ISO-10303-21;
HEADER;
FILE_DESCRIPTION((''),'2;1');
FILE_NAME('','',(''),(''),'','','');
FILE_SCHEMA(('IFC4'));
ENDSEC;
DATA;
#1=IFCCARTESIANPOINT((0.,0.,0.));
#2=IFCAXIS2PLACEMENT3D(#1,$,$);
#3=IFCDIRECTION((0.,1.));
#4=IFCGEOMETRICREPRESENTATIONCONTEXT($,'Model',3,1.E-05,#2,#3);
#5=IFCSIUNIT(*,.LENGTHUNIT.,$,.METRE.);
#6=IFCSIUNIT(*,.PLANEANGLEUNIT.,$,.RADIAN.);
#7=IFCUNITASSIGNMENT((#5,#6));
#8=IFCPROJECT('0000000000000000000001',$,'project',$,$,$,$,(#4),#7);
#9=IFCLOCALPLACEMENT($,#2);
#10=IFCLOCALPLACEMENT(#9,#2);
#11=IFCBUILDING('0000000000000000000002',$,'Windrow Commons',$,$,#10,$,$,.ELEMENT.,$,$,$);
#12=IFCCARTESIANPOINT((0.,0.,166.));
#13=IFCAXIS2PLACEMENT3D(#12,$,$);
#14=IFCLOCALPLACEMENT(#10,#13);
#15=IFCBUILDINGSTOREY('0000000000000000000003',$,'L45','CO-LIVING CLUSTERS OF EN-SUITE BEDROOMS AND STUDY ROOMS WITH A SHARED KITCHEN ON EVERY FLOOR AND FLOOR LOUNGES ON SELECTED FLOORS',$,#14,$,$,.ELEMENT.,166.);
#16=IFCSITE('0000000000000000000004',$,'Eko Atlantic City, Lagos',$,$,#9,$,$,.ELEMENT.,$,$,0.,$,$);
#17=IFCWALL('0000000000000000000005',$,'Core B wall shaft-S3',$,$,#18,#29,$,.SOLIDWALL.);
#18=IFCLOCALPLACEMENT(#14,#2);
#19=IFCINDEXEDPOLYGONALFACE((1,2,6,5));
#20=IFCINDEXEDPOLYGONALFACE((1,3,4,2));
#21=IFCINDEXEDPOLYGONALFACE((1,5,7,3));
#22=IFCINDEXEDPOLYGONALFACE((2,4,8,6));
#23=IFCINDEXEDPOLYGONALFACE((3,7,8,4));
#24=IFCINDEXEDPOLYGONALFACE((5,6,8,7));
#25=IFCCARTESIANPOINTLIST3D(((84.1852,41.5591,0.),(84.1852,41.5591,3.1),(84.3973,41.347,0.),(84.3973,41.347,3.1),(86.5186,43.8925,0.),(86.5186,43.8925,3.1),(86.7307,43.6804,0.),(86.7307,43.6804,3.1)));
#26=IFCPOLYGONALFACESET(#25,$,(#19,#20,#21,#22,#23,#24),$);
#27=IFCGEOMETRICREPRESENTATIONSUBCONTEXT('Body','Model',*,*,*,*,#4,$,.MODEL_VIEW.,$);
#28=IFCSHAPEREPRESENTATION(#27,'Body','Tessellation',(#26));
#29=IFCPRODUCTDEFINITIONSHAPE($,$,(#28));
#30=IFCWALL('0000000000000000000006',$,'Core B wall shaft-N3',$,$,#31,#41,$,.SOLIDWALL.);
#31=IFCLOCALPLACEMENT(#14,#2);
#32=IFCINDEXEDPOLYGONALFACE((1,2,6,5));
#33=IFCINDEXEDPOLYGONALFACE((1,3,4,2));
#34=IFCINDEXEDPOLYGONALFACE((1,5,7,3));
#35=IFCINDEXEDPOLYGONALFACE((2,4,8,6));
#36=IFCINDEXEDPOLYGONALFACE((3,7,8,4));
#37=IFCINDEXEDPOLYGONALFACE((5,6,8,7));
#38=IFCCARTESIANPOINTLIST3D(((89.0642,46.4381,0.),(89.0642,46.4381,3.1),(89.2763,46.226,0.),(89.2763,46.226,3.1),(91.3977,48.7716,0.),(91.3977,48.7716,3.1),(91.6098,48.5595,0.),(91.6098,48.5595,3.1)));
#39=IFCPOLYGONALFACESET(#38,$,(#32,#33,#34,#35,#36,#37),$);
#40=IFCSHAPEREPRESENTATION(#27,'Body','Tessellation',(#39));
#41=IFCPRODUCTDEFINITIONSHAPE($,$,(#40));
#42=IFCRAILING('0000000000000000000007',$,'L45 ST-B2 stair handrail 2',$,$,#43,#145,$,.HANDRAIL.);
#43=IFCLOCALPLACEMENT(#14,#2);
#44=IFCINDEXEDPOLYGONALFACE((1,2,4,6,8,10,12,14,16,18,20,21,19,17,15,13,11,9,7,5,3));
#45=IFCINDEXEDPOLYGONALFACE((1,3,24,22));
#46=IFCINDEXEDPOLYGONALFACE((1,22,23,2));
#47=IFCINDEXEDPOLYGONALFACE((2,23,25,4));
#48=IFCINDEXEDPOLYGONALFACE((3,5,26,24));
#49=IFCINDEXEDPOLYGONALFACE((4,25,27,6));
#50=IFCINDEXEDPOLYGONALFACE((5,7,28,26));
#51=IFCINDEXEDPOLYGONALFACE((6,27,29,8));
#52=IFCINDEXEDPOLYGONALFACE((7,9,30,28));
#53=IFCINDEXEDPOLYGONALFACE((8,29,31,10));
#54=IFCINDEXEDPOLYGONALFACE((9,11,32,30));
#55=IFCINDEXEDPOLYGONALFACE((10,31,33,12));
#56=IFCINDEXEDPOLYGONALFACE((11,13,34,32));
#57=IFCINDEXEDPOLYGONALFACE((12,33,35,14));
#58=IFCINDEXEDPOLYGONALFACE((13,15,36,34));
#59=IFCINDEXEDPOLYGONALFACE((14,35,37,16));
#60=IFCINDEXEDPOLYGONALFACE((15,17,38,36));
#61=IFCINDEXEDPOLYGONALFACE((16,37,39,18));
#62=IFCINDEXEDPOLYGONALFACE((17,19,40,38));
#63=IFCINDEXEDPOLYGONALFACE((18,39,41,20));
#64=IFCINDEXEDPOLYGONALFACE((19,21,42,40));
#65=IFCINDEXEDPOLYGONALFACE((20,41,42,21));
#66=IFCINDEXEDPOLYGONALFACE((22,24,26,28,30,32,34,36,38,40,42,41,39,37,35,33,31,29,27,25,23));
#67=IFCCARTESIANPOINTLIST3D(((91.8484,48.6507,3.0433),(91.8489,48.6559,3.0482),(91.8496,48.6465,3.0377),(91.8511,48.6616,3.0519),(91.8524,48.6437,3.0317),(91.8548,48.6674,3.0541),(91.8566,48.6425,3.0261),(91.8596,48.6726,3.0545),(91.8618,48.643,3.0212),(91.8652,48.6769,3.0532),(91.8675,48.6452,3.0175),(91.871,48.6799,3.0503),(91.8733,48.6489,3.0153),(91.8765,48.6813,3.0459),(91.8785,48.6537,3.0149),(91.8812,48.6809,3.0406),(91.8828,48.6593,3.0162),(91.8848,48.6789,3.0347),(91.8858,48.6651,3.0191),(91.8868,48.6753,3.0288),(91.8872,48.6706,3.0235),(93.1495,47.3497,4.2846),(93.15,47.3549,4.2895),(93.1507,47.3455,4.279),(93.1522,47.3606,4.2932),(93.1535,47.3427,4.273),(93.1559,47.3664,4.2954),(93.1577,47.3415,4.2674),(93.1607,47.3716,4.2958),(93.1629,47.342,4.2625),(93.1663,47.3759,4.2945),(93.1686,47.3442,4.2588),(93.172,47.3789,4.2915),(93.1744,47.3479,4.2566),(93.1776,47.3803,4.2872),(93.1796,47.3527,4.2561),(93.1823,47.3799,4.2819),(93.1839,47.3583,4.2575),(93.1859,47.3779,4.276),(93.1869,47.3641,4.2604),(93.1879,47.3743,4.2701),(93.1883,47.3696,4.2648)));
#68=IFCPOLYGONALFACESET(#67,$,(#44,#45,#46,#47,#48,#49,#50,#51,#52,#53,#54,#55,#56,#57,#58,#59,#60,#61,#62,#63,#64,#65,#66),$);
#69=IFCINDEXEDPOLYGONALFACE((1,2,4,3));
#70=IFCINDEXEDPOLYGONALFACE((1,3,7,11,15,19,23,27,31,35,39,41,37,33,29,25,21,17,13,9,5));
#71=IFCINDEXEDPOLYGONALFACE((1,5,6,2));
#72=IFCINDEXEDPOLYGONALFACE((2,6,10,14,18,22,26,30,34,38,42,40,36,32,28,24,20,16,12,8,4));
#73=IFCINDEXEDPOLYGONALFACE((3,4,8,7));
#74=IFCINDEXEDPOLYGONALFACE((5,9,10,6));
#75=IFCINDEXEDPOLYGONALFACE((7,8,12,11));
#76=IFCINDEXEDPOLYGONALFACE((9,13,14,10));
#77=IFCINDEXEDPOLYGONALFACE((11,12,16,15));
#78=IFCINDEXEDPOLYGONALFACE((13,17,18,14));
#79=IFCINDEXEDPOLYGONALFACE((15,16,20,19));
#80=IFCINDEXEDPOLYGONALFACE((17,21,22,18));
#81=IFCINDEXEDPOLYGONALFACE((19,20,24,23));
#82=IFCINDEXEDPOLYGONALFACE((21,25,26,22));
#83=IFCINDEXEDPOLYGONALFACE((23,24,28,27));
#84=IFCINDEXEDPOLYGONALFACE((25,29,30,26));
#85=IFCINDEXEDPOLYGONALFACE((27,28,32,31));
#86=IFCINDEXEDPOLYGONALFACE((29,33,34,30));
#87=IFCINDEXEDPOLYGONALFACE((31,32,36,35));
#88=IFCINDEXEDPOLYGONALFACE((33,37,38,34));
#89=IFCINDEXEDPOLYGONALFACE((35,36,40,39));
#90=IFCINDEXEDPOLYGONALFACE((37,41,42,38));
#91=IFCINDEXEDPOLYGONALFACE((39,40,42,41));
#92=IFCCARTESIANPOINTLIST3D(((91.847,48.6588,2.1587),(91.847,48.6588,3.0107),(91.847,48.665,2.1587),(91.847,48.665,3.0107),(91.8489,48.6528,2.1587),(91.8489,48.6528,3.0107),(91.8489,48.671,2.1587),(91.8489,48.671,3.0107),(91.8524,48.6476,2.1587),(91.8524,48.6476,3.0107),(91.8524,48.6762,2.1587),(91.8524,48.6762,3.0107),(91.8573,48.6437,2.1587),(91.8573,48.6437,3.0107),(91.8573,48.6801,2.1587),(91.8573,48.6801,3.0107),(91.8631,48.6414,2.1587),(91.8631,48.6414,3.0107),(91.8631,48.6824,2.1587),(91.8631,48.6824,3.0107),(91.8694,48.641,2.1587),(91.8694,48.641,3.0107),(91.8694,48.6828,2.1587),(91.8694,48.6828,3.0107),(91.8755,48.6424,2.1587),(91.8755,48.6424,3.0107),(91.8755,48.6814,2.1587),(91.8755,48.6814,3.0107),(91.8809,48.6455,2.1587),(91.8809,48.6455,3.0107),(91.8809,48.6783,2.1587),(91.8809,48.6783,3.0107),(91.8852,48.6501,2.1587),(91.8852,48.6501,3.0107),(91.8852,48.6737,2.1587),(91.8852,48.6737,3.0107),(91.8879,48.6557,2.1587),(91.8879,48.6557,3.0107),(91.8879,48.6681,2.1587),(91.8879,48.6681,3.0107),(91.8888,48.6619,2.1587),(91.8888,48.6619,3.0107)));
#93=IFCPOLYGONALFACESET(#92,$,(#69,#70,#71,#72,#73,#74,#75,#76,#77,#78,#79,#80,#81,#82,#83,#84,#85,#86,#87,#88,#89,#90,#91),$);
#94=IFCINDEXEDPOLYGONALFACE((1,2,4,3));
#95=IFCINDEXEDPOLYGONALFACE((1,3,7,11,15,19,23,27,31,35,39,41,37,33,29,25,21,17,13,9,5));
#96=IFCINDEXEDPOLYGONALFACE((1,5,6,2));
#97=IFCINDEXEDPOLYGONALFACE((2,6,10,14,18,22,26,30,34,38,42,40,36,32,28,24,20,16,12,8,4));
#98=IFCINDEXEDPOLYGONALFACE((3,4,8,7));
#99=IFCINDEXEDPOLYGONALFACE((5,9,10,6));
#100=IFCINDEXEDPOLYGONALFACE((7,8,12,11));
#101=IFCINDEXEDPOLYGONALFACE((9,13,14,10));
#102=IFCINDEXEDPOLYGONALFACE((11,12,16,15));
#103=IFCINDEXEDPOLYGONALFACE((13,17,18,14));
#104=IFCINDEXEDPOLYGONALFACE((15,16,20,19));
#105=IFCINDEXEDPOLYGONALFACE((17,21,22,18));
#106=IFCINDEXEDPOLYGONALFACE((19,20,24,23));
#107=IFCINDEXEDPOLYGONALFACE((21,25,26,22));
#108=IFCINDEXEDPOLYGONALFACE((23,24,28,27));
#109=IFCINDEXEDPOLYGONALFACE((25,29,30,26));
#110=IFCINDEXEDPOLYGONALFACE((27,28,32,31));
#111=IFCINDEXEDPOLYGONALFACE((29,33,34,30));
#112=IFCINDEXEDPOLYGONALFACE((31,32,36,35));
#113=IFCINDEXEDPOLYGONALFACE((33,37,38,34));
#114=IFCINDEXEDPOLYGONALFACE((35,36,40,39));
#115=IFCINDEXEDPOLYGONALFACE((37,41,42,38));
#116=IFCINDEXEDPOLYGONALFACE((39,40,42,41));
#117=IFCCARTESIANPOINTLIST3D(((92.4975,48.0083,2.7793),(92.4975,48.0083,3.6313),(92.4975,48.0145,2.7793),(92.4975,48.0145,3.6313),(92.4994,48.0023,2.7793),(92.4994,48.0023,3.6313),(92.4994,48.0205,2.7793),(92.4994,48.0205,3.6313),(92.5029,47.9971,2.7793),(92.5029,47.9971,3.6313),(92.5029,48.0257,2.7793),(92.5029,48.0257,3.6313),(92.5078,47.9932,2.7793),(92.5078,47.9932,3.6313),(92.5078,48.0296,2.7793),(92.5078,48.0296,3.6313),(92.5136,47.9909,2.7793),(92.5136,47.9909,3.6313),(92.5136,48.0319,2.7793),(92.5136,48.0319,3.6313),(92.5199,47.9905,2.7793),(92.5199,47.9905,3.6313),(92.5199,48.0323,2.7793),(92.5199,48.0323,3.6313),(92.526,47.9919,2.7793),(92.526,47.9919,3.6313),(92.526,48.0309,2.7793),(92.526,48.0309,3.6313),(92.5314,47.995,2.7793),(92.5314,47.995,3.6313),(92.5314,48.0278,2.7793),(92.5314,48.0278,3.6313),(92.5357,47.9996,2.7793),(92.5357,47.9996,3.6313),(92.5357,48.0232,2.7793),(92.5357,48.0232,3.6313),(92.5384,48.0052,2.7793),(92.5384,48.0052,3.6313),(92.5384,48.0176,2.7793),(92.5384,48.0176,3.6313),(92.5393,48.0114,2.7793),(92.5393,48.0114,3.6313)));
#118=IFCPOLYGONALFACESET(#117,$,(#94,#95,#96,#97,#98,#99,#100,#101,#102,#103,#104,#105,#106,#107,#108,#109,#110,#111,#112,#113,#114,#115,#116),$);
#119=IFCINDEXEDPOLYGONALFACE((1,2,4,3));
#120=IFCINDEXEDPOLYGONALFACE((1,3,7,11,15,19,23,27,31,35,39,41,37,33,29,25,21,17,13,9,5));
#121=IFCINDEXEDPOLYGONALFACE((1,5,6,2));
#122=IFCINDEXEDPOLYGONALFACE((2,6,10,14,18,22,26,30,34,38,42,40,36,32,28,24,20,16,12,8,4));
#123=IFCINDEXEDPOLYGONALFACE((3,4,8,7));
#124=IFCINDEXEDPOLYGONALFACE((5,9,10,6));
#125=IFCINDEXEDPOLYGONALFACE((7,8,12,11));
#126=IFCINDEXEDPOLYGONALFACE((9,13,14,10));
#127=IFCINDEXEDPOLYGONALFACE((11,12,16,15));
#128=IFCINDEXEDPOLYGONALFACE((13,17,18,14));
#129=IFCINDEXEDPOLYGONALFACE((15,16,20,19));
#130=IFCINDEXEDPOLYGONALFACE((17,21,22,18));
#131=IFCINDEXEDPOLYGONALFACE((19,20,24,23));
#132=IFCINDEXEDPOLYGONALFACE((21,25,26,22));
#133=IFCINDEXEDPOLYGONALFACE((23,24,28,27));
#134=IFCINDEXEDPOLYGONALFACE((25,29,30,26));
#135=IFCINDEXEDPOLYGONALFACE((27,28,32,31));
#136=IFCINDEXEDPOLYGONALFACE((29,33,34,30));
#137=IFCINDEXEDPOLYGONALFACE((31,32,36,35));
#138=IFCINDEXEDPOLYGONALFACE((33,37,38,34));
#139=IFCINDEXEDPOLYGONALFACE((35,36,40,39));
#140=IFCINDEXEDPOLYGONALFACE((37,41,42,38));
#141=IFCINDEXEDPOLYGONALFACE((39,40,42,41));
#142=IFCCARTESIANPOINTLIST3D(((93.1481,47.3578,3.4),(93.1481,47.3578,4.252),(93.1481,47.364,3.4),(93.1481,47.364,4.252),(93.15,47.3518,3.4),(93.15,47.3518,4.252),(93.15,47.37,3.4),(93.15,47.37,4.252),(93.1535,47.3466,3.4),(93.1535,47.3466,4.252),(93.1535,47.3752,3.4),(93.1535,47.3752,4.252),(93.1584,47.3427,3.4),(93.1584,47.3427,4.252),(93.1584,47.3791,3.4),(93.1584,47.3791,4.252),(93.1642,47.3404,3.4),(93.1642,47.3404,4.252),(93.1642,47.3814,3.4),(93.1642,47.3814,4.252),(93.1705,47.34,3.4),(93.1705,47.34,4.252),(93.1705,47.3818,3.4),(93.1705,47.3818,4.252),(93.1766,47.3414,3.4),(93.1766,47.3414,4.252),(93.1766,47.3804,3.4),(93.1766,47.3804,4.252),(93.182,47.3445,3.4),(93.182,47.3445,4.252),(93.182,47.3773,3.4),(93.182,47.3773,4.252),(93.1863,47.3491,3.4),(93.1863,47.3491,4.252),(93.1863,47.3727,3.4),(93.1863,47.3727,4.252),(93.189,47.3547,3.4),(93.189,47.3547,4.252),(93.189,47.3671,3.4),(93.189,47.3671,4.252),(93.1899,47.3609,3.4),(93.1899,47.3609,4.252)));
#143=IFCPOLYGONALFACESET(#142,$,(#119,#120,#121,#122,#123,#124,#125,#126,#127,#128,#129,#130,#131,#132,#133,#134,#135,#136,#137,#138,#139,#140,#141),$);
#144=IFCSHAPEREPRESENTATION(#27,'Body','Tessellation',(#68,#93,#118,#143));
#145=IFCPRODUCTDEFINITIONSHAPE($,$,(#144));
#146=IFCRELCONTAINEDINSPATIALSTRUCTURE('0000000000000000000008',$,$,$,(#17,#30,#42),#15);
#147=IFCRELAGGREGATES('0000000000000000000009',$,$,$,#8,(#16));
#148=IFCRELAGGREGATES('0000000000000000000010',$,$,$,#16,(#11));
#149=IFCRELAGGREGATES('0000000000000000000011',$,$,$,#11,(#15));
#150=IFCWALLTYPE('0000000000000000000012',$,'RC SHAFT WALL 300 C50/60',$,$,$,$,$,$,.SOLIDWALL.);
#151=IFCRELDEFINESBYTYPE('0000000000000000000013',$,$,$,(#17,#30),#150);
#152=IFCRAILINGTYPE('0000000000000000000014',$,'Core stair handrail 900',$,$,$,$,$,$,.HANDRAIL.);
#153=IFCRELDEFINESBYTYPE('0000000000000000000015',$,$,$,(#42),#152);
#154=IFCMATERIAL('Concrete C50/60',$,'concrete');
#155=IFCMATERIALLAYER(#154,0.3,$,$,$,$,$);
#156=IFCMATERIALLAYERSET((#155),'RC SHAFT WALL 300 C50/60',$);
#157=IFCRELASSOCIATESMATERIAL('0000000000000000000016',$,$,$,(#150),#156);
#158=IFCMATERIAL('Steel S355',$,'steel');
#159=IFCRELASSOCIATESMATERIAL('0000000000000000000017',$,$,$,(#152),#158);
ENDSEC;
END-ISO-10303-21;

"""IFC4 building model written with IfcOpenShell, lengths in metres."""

from ifc_helpers import new_model, si_unit, direction, frame, frame_2d, origin, origin_2d, place, context, subcontext, project, spatial, rectangle, circle, extrude, material, layer, layer_set, type_object, element, save


model = new_model("IFC4")

# Units and contexts
model_context = context("Model", 3, precision=1e-05, world=origin(), true_north=direction((0.0, 1.0)))
body_context = subcontext(model_context, "Body", "Model", "MODEL_VIEW")
ifc_project = project(units=[si_unit("LENGTHUNIT", "METRE"), si_unit("PLANEANGLEUNIT", "RADIAN")], contexts=[model_context])

# Site, building, storey
site_placement = place(None, origin())
site = spatial("IfcSite", under=ifc_project, at=site_placement, Name="Eko Atlantic City, Lagos", CompositionType="ELEMENT", RefElevation=0.0)
building_placement = place(site_placement, origin())
building = spatial("IfcBuilding", under=site, at=building_placement, Name="Windrow Commons", CompositionType="ELEMENT")
storey_placement = place(building_placement, frame((0.0, 0.0, 166.0)))
storey = spatial("IfcBuildingStorey", under=building, at=storey_placement, Name="L45", Description="CO-LIVING CLUSTERS OF EN-SUITE BEDROOMS AND STUDY ROOMS WITH A SHARED KITCHEN ON EVERY FLOOR AND FLOOR LOUNGES ON SELECTED FLOORS", CompositionType="ELEMENT", Elevation=166.0)

# Walls
ifc_material_1 = material(Name="Concrete C50/60", Category="concrete")
ifc_layer_1 = layer(ifc_material_1, 0.3)
ifc_layer_set_1 = layer_set([ifc_layer_1], Name="RC SHAFT WALL 300 C50/60")
wall_type_1 = type_object("IfcWallType", Name="RC SHAFT WALL 300 C50/60", PredefinedType="SOLIDWALL", material=ifc_layer_set_1)
for number, where, z_axis, x_axis, name in (
    (1, (84.2912, 41.453, 0.0), (0.0, 0.0, 1.0), (0.707107, 0.707107, 0.0), "Core B wall shaft-S3"),
):
    element("IfcWall", number, at=place(storey_placement, frame(where, z_axis=z_axis, x_axis=x_axis)), inside=storey, type_object=wall_type_1, Name=name, PredefinedType="SOLIDWALL", context=body_context, shape_type="SweptSolid", body=[
        extrude(rectangle(XDim=3.2999, YDim=0.3, at=frame_2d((1.65, 0.0))), origin(), (0.0, 0.0, 1.0), 3.1),
    ])
wall_1_placement = place(storey_placement, frame((89.1702, 46.332, 0.0), z_axis=(0.0, 0.0, 1.0), x_axis=(0.707107, 0.707107, 0.0)))
element("IfcWall", 2, at=wall_1_placement, inside=storey, type_object=wall_type_1, Name="Core B wall shaft-N3", PredefinedType="SOLIDWALL", context=body_context, shape_type="SweptSolid", body=[
    extrude(rectangle(XDim=3.3001, YDim=0.3, at=frame_2d((1.6501, 0.0))), origin(), (0.0, 0.0, 1.0), 3.1),
])

# Railing
ifc_material_2 = material(Name="Steel S355", Category="steel")
railing_type = type_object("IfcRailingType", Name="Core stair handrail 900", PredefinedType="HANDRAIL", material=ifc_material_2)
railing_placement = place(storey_placement, frame((91.8678, 48.6619, 2.1587)))
element("IfcRailing", 3, at=railing_placement, inside=storey, type_object=railing_type, Name="L45 ST-B2 stair handrail 2", PredefinedType="HANDRAIL", context=body_context, shape_type="SweptSolid", body=[
    extrude(circle(Radius=0.024, at=origin_2d()), frame((0.0, 0.0, 0.876), z_axis=(0.586207, -0.586162, 0.559264), x_axis=(0.70708, 0.707134, 0.0)), (0.0, 0.0, 1.0), 2.2195),
    extrude(circle(Radius=0.021, at=origin_2d()), origin(), (0.0, 0.0, 1.0), 0.852),
    extrude(circle(Radius=0.021, at=origin_2d()), frame((0.6505, -0.6505, 0.6206)), (0.0, 0.0, 1.0), 0.852),
    extrude(circle(Radius=0.021, at=origin_2d()), frame((1.3011, -1.301, 1.2413)), (0.0, 0.0, 1.0), 0.852),
])

save(model, "model.ifc")
